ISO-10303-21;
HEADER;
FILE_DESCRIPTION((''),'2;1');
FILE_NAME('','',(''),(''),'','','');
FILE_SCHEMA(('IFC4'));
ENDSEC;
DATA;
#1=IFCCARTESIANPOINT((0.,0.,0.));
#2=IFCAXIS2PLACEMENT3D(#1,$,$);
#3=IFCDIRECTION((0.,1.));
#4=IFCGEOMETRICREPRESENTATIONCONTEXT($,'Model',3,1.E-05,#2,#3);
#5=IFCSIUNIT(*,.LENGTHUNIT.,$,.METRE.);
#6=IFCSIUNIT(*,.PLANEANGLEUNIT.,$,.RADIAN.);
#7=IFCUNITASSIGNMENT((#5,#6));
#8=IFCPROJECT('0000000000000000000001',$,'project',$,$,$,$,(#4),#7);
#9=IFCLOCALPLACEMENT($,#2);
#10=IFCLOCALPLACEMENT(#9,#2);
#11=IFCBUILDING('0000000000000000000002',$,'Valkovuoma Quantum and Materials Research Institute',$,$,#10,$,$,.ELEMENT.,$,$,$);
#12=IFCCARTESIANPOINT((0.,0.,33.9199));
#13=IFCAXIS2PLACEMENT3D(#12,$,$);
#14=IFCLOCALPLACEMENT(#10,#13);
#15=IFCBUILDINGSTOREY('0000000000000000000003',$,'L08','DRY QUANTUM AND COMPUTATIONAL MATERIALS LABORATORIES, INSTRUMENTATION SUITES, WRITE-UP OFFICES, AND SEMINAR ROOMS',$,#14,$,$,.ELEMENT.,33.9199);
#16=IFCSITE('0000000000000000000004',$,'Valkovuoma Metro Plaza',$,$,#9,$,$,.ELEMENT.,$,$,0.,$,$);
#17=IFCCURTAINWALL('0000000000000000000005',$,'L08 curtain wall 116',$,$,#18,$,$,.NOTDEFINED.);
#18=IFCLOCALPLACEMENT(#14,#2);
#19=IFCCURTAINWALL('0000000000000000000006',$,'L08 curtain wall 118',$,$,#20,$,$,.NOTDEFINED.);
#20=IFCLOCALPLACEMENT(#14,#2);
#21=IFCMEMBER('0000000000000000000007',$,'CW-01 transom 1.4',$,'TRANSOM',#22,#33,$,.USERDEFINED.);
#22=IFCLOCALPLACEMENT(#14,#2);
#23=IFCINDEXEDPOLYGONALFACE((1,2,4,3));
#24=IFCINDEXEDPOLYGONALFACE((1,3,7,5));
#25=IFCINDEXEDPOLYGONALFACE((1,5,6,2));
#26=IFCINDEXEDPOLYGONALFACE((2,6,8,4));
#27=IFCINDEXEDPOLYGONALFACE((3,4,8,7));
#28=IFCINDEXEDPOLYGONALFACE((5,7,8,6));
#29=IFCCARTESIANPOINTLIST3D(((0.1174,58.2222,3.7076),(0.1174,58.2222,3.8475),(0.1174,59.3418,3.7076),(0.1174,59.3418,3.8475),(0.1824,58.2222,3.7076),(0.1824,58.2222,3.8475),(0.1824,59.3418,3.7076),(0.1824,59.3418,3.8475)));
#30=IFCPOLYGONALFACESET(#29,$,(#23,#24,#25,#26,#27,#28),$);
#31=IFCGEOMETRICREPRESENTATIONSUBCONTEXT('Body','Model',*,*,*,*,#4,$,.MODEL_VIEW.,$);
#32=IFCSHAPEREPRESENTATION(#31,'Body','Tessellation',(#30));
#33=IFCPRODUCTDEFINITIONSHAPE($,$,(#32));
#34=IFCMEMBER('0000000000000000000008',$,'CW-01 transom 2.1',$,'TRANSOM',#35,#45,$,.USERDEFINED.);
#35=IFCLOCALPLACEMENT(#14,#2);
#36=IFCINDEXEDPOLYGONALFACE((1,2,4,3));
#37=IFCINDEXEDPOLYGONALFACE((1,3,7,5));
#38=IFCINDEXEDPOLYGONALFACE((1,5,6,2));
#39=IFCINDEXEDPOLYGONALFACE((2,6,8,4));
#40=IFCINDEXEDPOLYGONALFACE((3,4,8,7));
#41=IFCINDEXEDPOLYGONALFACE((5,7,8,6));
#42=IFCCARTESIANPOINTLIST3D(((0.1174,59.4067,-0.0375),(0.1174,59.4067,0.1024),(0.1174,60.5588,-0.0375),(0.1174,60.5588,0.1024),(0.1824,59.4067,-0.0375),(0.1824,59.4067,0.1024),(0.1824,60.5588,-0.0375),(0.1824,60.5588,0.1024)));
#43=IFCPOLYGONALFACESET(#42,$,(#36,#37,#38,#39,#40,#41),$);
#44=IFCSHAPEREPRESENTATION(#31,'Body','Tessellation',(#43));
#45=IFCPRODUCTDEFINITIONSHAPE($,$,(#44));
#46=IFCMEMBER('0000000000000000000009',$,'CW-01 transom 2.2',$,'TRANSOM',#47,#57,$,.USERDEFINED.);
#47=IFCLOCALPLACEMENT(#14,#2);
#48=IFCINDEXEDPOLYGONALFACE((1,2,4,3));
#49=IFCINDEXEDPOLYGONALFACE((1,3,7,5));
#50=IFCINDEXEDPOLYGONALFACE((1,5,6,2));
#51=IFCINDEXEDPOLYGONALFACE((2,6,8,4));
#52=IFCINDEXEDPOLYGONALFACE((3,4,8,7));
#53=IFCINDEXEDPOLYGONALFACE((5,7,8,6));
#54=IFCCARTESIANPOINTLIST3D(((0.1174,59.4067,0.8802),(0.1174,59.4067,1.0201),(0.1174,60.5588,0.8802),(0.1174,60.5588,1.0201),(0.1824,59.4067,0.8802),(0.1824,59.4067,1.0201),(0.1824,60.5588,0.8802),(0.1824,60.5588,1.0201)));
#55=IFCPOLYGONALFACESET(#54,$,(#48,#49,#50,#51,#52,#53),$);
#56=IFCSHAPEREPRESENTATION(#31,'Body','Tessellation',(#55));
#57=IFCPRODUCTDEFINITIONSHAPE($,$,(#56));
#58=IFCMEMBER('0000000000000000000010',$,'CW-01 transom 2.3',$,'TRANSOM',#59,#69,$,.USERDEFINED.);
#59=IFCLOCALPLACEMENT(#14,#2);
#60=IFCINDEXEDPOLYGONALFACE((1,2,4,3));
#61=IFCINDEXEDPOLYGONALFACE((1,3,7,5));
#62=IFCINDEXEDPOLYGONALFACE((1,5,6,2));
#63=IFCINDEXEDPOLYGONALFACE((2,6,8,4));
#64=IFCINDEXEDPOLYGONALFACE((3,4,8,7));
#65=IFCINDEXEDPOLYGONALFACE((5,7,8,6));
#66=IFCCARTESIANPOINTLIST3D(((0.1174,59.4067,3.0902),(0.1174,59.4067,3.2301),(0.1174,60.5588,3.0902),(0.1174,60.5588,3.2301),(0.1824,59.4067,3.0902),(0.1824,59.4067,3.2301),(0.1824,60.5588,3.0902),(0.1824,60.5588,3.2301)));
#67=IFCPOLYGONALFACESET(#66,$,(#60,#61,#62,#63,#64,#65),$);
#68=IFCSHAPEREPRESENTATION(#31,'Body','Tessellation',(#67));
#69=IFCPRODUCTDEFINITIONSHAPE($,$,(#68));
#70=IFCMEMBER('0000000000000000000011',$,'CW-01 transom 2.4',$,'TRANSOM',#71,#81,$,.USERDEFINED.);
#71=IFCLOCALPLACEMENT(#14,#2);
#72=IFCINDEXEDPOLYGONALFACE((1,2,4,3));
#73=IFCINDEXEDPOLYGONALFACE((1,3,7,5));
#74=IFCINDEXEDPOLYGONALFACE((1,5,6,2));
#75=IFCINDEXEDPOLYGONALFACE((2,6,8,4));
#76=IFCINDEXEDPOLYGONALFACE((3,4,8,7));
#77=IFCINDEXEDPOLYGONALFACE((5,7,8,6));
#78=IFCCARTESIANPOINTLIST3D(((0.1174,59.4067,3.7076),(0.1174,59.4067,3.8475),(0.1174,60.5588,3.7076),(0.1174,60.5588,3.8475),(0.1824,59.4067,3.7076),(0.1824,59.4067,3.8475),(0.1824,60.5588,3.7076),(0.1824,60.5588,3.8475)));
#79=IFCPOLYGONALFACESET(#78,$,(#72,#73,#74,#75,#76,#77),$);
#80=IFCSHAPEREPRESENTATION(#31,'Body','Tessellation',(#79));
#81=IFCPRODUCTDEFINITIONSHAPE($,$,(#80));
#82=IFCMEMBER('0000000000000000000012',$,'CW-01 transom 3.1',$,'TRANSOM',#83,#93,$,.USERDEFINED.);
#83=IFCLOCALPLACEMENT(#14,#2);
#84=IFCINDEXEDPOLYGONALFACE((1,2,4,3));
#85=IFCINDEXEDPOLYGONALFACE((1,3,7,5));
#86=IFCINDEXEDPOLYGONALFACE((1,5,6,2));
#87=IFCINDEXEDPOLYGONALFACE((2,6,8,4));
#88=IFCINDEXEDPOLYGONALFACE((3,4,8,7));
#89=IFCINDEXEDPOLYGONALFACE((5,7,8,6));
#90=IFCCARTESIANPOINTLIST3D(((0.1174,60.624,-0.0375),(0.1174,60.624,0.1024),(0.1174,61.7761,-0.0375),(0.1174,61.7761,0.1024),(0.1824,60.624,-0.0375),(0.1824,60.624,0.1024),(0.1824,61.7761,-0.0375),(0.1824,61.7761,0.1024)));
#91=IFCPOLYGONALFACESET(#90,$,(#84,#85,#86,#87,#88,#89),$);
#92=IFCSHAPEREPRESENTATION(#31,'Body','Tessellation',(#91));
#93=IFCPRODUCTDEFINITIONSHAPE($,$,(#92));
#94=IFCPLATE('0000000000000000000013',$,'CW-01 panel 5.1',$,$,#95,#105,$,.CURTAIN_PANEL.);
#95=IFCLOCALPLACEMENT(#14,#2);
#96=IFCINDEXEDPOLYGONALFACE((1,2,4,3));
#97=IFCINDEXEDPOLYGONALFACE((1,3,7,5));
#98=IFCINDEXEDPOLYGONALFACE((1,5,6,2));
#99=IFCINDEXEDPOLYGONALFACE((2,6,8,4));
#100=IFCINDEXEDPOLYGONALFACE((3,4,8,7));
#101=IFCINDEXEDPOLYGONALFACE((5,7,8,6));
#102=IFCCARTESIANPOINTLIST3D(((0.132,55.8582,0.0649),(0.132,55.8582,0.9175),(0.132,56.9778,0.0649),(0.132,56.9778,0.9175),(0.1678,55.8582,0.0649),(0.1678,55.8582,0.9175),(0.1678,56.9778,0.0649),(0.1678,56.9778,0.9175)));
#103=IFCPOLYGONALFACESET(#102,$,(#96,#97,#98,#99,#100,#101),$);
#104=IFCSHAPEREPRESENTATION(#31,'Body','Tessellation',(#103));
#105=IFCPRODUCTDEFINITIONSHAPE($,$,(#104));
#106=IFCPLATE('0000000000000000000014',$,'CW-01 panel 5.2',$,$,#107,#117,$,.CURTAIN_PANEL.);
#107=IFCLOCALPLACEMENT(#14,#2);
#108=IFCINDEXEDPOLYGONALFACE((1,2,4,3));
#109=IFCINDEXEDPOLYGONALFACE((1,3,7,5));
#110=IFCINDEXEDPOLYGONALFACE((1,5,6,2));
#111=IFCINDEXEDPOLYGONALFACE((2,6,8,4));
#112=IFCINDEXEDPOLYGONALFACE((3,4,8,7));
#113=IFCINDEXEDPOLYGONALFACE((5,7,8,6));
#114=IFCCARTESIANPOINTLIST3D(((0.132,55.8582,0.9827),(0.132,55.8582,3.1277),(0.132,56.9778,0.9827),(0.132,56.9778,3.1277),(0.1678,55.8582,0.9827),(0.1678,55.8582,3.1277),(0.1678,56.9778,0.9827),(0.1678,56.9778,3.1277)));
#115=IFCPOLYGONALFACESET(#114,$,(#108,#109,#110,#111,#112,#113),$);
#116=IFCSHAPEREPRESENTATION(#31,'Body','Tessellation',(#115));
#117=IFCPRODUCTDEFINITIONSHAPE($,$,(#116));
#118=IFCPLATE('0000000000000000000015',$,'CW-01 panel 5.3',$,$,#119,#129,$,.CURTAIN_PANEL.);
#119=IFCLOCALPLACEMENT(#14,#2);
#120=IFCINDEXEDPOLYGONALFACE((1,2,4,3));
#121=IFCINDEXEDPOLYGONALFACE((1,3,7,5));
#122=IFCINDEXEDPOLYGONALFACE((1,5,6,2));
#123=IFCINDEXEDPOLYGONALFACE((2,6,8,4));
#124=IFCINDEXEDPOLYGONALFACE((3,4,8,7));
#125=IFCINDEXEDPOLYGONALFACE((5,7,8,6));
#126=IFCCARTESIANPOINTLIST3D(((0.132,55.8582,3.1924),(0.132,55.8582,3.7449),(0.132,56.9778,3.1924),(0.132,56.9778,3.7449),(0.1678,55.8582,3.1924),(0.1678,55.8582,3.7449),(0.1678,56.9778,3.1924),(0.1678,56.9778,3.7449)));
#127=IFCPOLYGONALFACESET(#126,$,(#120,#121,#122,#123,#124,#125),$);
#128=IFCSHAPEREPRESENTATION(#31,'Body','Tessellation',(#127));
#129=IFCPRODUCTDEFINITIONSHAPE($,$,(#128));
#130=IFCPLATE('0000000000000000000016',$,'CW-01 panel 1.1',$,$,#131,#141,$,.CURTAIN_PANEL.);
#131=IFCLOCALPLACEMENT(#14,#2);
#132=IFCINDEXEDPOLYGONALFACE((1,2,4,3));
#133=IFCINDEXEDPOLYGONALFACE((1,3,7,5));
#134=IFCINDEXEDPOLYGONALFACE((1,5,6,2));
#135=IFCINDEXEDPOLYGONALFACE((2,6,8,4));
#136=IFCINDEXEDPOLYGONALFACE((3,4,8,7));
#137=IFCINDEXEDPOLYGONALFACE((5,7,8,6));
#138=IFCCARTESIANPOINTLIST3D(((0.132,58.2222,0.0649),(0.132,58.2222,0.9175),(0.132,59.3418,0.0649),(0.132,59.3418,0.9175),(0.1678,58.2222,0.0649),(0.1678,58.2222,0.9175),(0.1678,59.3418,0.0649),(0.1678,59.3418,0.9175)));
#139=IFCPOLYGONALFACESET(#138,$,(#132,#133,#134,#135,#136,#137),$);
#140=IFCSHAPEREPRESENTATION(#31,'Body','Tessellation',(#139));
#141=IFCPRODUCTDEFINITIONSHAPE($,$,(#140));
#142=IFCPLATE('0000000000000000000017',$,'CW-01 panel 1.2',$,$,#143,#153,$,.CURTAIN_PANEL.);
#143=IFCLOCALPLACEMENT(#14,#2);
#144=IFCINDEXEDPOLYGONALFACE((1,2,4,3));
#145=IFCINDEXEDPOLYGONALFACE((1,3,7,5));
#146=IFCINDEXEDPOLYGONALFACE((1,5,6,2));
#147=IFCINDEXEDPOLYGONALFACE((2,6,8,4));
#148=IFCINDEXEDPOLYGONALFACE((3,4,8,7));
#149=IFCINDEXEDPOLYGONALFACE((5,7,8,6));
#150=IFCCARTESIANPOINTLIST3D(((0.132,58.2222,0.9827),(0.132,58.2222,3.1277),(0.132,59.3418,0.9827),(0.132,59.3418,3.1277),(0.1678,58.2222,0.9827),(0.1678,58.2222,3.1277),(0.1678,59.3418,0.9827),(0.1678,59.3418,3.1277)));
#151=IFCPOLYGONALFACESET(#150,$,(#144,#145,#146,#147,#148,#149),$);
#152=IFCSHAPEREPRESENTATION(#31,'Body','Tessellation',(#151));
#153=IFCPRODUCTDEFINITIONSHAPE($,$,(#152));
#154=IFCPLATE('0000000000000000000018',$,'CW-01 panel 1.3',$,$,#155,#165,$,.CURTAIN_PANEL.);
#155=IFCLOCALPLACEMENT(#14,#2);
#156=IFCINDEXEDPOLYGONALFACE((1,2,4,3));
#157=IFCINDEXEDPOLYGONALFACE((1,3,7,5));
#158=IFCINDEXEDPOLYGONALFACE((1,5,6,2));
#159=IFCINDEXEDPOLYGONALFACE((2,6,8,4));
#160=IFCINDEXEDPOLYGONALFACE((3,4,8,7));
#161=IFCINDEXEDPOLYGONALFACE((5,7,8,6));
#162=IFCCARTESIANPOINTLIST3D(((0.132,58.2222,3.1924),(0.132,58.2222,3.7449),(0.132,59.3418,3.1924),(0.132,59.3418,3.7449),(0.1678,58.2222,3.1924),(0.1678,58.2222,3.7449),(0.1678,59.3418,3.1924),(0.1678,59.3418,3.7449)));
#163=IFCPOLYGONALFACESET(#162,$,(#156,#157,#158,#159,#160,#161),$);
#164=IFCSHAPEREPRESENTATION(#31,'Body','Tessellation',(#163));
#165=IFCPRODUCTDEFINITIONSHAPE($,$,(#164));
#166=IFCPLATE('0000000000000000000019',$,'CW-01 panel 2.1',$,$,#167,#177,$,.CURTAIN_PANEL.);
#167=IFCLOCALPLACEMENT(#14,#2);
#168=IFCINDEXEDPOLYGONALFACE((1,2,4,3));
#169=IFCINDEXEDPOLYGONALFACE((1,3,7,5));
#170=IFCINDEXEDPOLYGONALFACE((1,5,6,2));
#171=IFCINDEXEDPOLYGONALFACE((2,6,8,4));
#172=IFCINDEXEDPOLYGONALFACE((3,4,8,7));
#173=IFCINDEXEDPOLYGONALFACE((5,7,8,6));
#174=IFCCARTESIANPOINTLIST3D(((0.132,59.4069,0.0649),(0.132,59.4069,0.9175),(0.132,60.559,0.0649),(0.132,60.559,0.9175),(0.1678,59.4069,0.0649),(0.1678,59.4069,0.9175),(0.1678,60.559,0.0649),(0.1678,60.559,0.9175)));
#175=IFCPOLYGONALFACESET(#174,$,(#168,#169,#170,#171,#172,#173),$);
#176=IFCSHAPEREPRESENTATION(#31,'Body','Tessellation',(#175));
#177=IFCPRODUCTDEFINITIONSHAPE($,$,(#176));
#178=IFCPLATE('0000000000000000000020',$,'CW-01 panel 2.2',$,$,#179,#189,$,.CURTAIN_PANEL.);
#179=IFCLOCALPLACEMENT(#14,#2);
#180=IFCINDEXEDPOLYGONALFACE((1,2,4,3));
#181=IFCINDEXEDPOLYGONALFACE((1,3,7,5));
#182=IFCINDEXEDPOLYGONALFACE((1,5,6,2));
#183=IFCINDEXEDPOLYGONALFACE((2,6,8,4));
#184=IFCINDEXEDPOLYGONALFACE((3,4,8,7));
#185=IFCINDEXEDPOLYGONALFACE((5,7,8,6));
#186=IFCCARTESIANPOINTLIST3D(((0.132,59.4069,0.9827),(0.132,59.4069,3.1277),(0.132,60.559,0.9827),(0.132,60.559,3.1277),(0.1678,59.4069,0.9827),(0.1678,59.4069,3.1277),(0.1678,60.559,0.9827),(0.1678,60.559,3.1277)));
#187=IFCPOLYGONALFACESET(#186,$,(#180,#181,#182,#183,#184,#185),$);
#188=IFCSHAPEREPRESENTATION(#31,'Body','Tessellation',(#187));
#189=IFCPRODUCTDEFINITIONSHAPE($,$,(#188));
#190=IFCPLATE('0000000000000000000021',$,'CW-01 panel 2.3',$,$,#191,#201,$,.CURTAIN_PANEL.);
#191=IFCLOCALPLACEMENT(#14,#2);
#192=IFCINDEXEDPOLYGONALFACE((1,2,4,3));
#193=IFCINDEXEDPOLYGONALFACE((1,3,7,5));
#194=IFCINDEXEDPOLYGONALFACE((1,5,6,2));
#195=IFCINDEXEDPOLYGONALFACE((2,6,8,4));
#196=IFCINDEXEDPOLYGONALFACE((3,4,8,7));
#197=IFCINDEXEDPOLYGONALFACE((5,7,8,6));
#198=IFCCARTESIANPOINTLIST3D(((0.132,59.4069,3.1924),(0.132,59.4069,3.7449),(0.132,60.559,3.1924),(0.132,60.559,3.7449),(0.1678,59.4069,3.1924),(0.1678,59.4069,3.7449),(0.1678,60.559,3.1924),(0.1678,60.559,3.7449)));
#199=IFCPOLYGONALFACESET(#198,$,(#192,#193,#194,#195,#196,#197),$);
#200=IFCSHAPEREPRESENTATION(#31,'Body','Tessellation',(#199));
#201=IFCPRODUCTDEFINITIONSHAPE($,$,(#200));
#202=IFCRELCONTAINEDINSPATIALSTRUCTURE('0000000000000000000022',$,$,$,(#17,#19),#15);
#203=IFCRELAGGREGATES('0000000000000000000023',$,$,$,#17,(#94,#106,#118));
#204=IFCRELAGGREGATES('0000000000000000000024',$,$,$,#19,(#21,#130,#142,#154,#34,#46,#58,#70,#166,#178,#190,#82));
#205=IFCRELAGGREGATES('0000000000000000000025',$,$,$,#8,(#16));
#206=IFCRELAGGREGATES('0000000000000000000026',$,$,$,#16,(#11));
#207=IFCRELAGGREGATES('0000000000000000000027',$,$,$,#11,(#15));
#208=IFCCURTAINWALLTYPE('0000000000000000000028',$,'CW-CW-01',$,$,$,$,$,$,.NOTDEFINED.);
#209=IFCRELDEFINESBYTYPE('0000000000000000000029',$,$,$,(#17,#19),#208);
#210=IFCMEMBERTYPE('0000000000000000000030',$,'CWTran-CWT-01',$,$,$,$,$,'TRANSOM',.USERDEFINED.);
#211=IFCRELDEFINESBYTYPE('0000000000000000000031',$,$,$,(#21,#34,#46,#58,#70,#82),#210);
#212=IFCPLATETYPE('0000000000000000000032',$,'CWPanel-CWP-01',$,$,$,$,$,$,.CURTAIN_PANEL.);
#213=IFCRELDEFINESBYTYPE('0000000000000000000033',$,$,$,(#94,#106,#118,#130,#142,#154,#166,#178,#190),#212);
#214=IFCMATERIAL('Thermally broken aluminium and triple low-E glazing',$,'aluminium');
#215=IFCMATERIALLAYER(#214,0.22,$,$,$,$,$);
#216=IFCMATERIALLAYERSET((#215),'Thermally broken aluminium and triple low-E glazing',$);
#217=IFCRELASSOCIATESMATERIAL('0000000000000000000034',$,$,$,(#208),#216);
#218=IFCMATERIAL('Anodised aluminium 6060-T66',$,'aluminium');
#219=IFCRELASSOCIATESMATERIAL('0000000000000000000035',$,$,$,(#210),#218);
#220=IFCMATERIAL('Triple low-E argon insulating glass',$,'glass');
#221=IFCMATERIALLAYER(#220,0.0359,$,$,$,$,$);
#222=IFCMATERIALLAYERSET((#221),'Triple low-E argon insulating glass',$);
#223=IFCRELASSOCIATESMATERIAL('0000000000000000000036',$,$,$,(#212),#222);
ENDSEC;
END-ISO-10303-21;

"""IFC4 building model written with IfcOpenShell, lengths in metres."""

from ifc_helpers import new_model, si_unit, direction, frame, origin, origin_2d, place, context, subcontext, project, spatial, rectangle, extrude, material, layer, layer_set, material_profile, profile_set, type_object, element, aggregate, save


model = new_model("IFC4")

# Units and contexts
model_context = context("Model", 3, precision=1e-05, world=origin(), true_north=direction((0.0, 1.0)))
body_context = subcontext(model_context, "Body", "Model", "MODEL_VIEW")
ifc_project = project(units=[si_unit("LENGTHUNIT", "METRE"), si_unit("PLANEANGLEUNIT", "RADIAN")], contexts=[model_context])

# Site, building, storey
site_placement = place(None, origin())
site = spatial("IfcSite", under=ifc_project, at=site_placement, Name="Valkovuoma Metro Plaza", CompositionType="ELEMENT", RefElevation=0.0)
building_placement = place(site_placement, origin())
building = spatial("IfcBuilding", under=site, at=building_placement, Name="Valkovuoma Quantum and Materials Research Institute", CompositionType="ELEMENT")
storey_placement = place(building_placement, frame((0.0, 0.0, 33.9199)))
storey = spatial("IfcBuildingStorey", under=building, at=storey_placement, Name="L08", Description="DRY QUANTUM AND COMPUTATIONAL MATERIALS LABORATORIES, INSTRUMENTATION SUITES, WRITE-UP OFFICES, AND SEMINAR ROOMS", CompositionType="ELEMENT", Elevation=33.9199)

# Curtain wall
ifc_material_1 = material(Name="Thermally broken aluminium and triple low-E glazing", Category="aluminium")
ifc_layer_1 = layer(ifc_material_1, 0.22)
ifc_layer_set_1 = layer_set([ifc_layer_1], Name="Thermally broken aluminium and triple low-E glazing")
curtain_wall_type = type_object("IfcCurtainWallType", Name="CW-CW-01", PredefinedType="NOTDEFINED", material=ifc_layer_set_1)
curtain_wall_1_placement = place(storey_placement, origin())
curtain_wall_1 = element("IfcCurtainWall", 1, at=curtain_wall_1_placement, inside=storey, type_object=curtain_wall_type, Name="L08 curtain wall 116", PredefinedType="NOTDEFINED")

# Curtain wall, members
curtain_wall_2_placement = place(storey_placement, origin())
curtain_wall_2 = element("IfcCurtainWall", 2, at=curtain_wall_2_placement, inside=storey, type_object=curtain_wall_type, Name="L08 curtain wall 118", PredefinedType="NOTDEFINED")
ifc_material_2 = material(Name="Anodised aluminium 6060-T66", Category="aluminium")
ifc_material_profile_1 = material_profile(ifc_material_2, rectangle(XDim=0.0649, YDim=0.1399, at=origin_2d()), Name="Anodised aluminium 6060-T66")
ifc_profile_set_1 = profile_set([ifc_material_profile_1], Name="Anodised aluminium 6060-T66")
member_type_1 = type_object("IfcMemberType", Name="CWTran-CWT-01", ElementType="TRANSOM", PredefinedType="USERDEFINED", material=ifc_profile_set_1)
member_1_placement = place(storey_placement, frame((0.1499, 58.2222, 3.7776), z_axis=(0.0, 1.0, 0.0), x_axis=(-1.0, 0.0, 0.0)))
member_1 = element("IfcMember", 3, at=member_1_placement, type_object=member_type_1, Name="CW-01 transom 1.4", ObjectType="TRANSOM", PredefinedType="USERDEFINED", context=body_context, shape_type="SweptSolid", body=[
    extrude(rectangle(XDim=0.0649, YDim=0.1399, at=origin_2d()), origin(), (0.0, 0.0, 1.0), 1.1196),
])
member_2_placement = place(storey_placement, frame((0.1499, 59.4067, 0.0325), z_axis=(0.0, 1.0, 0.0), x_axis=(-1.0, 0.0, 0.0)))
member_2 = element("IfcMember", 4, at=member_2_placement, type_object=member_type_1, Name="CW-01 transom 2.1", ObjectType="TRANSOM", PredefinedType="USERDEFINED", context=body_context, shape_type="SweptSolid", body=[
    extrude(rectangle(XDim=0.0649, YDim=0.1399, at=origin_2d()), origin(), (0.0, 0.0, 1.0), 1.1521),
])
member_3_placement = place(storey_placement, frame((0.1499, 59.4067, 0.9502), z_axis=(0.0, 1.0, 0.0), x_axis=(-1.0, 0.0, 0.0)))
member_3 = element("IfcMember", 5, at=member_3_placement, type_object=member_type_1, Name="CW-01 transom 2.2", ObjectType="TRANSOM", PredefinedType="USERDEFINED", context=body_context, shape_type="SweptSolid", body=[
    extrude(rectangle(XDim=0.0649, YDim=0.1399, at=origin_2d()), origin(), (0.0, 0.0, 1.0), 1.1521),
])
member_4_placement = place(storey_placement, frame((0.1499, 59.4067, 3.1602), z_axis=(0.0, 1.0, 0.0), x_axis=(-1.0, 0.0, 0.0)))
member_4 = element("IfcMember", 6, at=member_4_placement, type_object=member_type_1, Name="CW-01 transom 2.3", ObjectType="TRANSOM", PredefinedType="USERDEFINED", context=body_context, shape_type="SweptSolid", body=[
    extrude(rectangle(XDim=0.0649, YDim=0.1399, at=origin_2d()), origin(), (0.0, 0.0, 1.0), 1.1521),
])
member_5_placement = place(storey_placement, frame((0.1499, 59.4067, 3.7776), z_axis=(0.0, 1.0, 0.0), x_axis=(-1.0, 0.0, 0.0)))
member_5 = element("IfcMember", 7, at=member_5_placement, type_object=member_type_1, Name="CW-01 transom 2.4", ObjectType="TRANSOM", PredefinedType="USERDEFINED", context=body_context, shape_type="SweptSolid", body=[
    extrude(rectangle(XDim=0.0649, YDim=0.1399, at=origin_2d()), origin(), (0.0, 0.0, 1.0), 1.1521),
])
member_6_placement = place(storey_placement, frame((0.1499, 60.624, 0.0325), z_axis=(0.0, 1.0, 0.0), x_axis=(-1.0, 0.0, 0.0)))
member_6 = element("IfcMember", 8, at=member_6_placement, type_object=member_type_1, Name="CW-01 transom 3.1", ObjectType="TRANSOM", PredefinedType="USERDEFINED", context=body_context, shape_type="SweptSolid", body=[
    extrude(rectangle(XDim=0.0649, YDim=0.1399, at=origin_2d()), origin(), (0.0, 0.0, 1.0), 1.1521),
])

# Plates
ifc_material_3 = material(Name="Triple low-E argon insulating glass", Category="glass")
ifc_layer_2 = layer(ifc_material_3, 0.0359)
ifc_layer_set_2 = layer_set([ifc_layer_2], Name="Triple low-E argon insulating glass")
plate_type = type_object("IfcPlateType", Name="CWPanel-CWP-01", PredefinedType="CURTAIN_PANEL", material=ifc_layer_set_2)
plate_1_placement = place(storey_placement, frame((0.1499, 56.418, 0.0649), z_axis=(0.0, 0.0, 1.0), x_axis=(0.0, 1.0, 0.0)))
plate_1 = element("IfcPlate", 9, at=plate_1_placement, type_object=plate_type, Name="CW-01 panel 5.1", PredefinedType="CURTAIN_PANEL", context=body_context, shape_type="SweptSolid", body=[
    extrude(rectangle(XDim=1.1196, YDim=0.0359, at=origin_2d()), origin(), (0.0, 0.0, 1.0), 0.8525),
])
plate_2_placement = place(storey_placement, frame((0.1499, 56.418, 0.9827), z_axis=(0.0, 0.0, 1.0), x_axis=(0.0, 1.0, 0.0)))
plate_2 = element("IfcPlate", 10, at=plate_2_placement, type_object=plate_type, Name="CW-01 panel 5.2", PredefinedType="CURTAIN_PANEL", context=body_context, shape_type="SweptSolid", body=[
    extrude(rectangle(XDim=1.1196, YDim=0.0359, at=origin_2d()), origin(), (0.0, 0.0, 1.0), 2.145),
])
plate_3_placement = place(storey_placement, frame((0.1499, 56.418, 3.1924), z_axis=(0.0, 0.0, 1.0), x_axis=(0.0, 1.0, 0.0)))
plate_3 = element("IfcPlate", 11, at=plate_3_placement, type_object=plate_type, Name="CW-01 panel 5.3", PredefinedType="CURTAIN_PANEL", context=body_context, shape_type="SweptSolid", body=[
    extrude(rectangle(XDim=1.1196, YDim=0.0359, at=origin_2d()), origin(), (0.0, 0.0, 1.0), 0.5525),
])
aggregate(curtain_wall_1, [plate_1, plate_2, plate_3])
plate_4_placement = place(storey_placement, frame((0.1499, 58.782, 0.0649), z_axis=(0.0, 0.0, 1.0), x_axis=(0.0, 1.0, 0.0)))
plate_4 = element("IfcPlate", 12, at=plate_4_placement, type_object=plate_type, Name="CW-01 panel 1.1", PredefinedType="CURTAIN_PANEL", context=body_context, shape_type="SweptSolid", body=[
    extrude(rectangle(XDim=1.1196, YDim=0.0359, at=origin_2d()), origin(), (0.0, 0.0, 1.0), 0.8525),
])
plate_5_placement = place(storey_placement, frame((0.1499, 58.782, 0.9827), z_axis=(0.0, 0.0, 1.0), x_axis=(0.0, 1.0, 0.0)))
plate_5 = element("IfcPlate", 13, at=plate_5_placement, type_object=plate_type, Name="CW-01 panel 1.2", PredefinedType="CURTAIN_PANEL", context=body_context, shape_type="SweptSolid", body=[
    extrude(rectangle(XDim=1.1196, YDim=0.0359, at=origin_2d()), origin(), (0.0, 0.0, 1.0), 2.145),
])
plate_6_placement = place(storey_placement, frame((0.1499, 58.782, 3.1924), z_axis=(0.0, 0.0, 1.0), x_axis=(0.0, 1.0, 0.0)))
plate_6 = element("IfcPlate", 14, at=plate_6_placement, type_object=plate_type, Name="CW-01 panel 1.3", PredefinedType="CURTAIN_PANEL", context=body_context, shape_type="SweptSolid", body=[
    extrude(rectangle(XDim=1.1196, YDim=0.0359, at=origin_2d()), origin(), (0.0, 0.0, 1.0), 0.5525),
])
plate_7_placement = place(storey_placement, frame((0.1499, 59.9829, 0.0649), z_axis=(0.0, 0.0, 1.0), x_axis=(0.0, 1.0, 0.0)))
plate_7 = element("IfcPlate", 15, at=plate_7_placement, type_object=plate_type, Name="CW-01 panel 2.1", PredefinedType="CURTAIN_PANEL", context=body_context, shape_type="SweptSolid", body=[
    extrude(rectangle(XDim=1.1521, YDim=0.0359, at=origin_2d()), origin(), (0.0, 0.0, 1.0), 0.8525),
])
plate_8_placement = place(storey_placement, frame((0.1499, 59.9829, 0.9827), z_axis=(0.0, 0.0, 1.0), x_axis=(0.0, 1.0, 0.0)))
plate_8 = element("IfcPlate", 16, at=plate_8_placement, type_object=plate_type, Name="CW-01 panel 2.2", PredefinedType="CURTAIN_PANEL", context=body_context, shape_type="SweptSolid", body=[
    extrude(rectangle(XDim=1.1521, YDim=0.0359, at=origin_2d()), origin(), (0.0, 0.0, 1.0), 2.145),
])
plate_9_placement = place(storey_placement, frame((0.1499, 59.9829, 3.1924), z_axis=(0.0, 0.0, 1.0), x_axis=(0.0, 1.0, 0.0)))
plate_9 = element("IfcPlate", 17, at=plate_9_placement, type_object=plate_type, Name="CW-01 panel 2.3", PredefinedType="CURTAIN_PANEL", context=body_context, shape_type="SweptSolid", body=[
    extrude(rectangle(XDim=1.1521, YDim=0.0359, at=origin_2d()), origin(), (0.0, 0.0, 1.0), 0.5525),
])
aggregate(curtain_wall_2, [member_1, plate_4, plate_5, plate_6, member_2, member_3, member_4, member_5, plate_7, plate_8, plate_9, member_6])

save(model, "model.ifc")
